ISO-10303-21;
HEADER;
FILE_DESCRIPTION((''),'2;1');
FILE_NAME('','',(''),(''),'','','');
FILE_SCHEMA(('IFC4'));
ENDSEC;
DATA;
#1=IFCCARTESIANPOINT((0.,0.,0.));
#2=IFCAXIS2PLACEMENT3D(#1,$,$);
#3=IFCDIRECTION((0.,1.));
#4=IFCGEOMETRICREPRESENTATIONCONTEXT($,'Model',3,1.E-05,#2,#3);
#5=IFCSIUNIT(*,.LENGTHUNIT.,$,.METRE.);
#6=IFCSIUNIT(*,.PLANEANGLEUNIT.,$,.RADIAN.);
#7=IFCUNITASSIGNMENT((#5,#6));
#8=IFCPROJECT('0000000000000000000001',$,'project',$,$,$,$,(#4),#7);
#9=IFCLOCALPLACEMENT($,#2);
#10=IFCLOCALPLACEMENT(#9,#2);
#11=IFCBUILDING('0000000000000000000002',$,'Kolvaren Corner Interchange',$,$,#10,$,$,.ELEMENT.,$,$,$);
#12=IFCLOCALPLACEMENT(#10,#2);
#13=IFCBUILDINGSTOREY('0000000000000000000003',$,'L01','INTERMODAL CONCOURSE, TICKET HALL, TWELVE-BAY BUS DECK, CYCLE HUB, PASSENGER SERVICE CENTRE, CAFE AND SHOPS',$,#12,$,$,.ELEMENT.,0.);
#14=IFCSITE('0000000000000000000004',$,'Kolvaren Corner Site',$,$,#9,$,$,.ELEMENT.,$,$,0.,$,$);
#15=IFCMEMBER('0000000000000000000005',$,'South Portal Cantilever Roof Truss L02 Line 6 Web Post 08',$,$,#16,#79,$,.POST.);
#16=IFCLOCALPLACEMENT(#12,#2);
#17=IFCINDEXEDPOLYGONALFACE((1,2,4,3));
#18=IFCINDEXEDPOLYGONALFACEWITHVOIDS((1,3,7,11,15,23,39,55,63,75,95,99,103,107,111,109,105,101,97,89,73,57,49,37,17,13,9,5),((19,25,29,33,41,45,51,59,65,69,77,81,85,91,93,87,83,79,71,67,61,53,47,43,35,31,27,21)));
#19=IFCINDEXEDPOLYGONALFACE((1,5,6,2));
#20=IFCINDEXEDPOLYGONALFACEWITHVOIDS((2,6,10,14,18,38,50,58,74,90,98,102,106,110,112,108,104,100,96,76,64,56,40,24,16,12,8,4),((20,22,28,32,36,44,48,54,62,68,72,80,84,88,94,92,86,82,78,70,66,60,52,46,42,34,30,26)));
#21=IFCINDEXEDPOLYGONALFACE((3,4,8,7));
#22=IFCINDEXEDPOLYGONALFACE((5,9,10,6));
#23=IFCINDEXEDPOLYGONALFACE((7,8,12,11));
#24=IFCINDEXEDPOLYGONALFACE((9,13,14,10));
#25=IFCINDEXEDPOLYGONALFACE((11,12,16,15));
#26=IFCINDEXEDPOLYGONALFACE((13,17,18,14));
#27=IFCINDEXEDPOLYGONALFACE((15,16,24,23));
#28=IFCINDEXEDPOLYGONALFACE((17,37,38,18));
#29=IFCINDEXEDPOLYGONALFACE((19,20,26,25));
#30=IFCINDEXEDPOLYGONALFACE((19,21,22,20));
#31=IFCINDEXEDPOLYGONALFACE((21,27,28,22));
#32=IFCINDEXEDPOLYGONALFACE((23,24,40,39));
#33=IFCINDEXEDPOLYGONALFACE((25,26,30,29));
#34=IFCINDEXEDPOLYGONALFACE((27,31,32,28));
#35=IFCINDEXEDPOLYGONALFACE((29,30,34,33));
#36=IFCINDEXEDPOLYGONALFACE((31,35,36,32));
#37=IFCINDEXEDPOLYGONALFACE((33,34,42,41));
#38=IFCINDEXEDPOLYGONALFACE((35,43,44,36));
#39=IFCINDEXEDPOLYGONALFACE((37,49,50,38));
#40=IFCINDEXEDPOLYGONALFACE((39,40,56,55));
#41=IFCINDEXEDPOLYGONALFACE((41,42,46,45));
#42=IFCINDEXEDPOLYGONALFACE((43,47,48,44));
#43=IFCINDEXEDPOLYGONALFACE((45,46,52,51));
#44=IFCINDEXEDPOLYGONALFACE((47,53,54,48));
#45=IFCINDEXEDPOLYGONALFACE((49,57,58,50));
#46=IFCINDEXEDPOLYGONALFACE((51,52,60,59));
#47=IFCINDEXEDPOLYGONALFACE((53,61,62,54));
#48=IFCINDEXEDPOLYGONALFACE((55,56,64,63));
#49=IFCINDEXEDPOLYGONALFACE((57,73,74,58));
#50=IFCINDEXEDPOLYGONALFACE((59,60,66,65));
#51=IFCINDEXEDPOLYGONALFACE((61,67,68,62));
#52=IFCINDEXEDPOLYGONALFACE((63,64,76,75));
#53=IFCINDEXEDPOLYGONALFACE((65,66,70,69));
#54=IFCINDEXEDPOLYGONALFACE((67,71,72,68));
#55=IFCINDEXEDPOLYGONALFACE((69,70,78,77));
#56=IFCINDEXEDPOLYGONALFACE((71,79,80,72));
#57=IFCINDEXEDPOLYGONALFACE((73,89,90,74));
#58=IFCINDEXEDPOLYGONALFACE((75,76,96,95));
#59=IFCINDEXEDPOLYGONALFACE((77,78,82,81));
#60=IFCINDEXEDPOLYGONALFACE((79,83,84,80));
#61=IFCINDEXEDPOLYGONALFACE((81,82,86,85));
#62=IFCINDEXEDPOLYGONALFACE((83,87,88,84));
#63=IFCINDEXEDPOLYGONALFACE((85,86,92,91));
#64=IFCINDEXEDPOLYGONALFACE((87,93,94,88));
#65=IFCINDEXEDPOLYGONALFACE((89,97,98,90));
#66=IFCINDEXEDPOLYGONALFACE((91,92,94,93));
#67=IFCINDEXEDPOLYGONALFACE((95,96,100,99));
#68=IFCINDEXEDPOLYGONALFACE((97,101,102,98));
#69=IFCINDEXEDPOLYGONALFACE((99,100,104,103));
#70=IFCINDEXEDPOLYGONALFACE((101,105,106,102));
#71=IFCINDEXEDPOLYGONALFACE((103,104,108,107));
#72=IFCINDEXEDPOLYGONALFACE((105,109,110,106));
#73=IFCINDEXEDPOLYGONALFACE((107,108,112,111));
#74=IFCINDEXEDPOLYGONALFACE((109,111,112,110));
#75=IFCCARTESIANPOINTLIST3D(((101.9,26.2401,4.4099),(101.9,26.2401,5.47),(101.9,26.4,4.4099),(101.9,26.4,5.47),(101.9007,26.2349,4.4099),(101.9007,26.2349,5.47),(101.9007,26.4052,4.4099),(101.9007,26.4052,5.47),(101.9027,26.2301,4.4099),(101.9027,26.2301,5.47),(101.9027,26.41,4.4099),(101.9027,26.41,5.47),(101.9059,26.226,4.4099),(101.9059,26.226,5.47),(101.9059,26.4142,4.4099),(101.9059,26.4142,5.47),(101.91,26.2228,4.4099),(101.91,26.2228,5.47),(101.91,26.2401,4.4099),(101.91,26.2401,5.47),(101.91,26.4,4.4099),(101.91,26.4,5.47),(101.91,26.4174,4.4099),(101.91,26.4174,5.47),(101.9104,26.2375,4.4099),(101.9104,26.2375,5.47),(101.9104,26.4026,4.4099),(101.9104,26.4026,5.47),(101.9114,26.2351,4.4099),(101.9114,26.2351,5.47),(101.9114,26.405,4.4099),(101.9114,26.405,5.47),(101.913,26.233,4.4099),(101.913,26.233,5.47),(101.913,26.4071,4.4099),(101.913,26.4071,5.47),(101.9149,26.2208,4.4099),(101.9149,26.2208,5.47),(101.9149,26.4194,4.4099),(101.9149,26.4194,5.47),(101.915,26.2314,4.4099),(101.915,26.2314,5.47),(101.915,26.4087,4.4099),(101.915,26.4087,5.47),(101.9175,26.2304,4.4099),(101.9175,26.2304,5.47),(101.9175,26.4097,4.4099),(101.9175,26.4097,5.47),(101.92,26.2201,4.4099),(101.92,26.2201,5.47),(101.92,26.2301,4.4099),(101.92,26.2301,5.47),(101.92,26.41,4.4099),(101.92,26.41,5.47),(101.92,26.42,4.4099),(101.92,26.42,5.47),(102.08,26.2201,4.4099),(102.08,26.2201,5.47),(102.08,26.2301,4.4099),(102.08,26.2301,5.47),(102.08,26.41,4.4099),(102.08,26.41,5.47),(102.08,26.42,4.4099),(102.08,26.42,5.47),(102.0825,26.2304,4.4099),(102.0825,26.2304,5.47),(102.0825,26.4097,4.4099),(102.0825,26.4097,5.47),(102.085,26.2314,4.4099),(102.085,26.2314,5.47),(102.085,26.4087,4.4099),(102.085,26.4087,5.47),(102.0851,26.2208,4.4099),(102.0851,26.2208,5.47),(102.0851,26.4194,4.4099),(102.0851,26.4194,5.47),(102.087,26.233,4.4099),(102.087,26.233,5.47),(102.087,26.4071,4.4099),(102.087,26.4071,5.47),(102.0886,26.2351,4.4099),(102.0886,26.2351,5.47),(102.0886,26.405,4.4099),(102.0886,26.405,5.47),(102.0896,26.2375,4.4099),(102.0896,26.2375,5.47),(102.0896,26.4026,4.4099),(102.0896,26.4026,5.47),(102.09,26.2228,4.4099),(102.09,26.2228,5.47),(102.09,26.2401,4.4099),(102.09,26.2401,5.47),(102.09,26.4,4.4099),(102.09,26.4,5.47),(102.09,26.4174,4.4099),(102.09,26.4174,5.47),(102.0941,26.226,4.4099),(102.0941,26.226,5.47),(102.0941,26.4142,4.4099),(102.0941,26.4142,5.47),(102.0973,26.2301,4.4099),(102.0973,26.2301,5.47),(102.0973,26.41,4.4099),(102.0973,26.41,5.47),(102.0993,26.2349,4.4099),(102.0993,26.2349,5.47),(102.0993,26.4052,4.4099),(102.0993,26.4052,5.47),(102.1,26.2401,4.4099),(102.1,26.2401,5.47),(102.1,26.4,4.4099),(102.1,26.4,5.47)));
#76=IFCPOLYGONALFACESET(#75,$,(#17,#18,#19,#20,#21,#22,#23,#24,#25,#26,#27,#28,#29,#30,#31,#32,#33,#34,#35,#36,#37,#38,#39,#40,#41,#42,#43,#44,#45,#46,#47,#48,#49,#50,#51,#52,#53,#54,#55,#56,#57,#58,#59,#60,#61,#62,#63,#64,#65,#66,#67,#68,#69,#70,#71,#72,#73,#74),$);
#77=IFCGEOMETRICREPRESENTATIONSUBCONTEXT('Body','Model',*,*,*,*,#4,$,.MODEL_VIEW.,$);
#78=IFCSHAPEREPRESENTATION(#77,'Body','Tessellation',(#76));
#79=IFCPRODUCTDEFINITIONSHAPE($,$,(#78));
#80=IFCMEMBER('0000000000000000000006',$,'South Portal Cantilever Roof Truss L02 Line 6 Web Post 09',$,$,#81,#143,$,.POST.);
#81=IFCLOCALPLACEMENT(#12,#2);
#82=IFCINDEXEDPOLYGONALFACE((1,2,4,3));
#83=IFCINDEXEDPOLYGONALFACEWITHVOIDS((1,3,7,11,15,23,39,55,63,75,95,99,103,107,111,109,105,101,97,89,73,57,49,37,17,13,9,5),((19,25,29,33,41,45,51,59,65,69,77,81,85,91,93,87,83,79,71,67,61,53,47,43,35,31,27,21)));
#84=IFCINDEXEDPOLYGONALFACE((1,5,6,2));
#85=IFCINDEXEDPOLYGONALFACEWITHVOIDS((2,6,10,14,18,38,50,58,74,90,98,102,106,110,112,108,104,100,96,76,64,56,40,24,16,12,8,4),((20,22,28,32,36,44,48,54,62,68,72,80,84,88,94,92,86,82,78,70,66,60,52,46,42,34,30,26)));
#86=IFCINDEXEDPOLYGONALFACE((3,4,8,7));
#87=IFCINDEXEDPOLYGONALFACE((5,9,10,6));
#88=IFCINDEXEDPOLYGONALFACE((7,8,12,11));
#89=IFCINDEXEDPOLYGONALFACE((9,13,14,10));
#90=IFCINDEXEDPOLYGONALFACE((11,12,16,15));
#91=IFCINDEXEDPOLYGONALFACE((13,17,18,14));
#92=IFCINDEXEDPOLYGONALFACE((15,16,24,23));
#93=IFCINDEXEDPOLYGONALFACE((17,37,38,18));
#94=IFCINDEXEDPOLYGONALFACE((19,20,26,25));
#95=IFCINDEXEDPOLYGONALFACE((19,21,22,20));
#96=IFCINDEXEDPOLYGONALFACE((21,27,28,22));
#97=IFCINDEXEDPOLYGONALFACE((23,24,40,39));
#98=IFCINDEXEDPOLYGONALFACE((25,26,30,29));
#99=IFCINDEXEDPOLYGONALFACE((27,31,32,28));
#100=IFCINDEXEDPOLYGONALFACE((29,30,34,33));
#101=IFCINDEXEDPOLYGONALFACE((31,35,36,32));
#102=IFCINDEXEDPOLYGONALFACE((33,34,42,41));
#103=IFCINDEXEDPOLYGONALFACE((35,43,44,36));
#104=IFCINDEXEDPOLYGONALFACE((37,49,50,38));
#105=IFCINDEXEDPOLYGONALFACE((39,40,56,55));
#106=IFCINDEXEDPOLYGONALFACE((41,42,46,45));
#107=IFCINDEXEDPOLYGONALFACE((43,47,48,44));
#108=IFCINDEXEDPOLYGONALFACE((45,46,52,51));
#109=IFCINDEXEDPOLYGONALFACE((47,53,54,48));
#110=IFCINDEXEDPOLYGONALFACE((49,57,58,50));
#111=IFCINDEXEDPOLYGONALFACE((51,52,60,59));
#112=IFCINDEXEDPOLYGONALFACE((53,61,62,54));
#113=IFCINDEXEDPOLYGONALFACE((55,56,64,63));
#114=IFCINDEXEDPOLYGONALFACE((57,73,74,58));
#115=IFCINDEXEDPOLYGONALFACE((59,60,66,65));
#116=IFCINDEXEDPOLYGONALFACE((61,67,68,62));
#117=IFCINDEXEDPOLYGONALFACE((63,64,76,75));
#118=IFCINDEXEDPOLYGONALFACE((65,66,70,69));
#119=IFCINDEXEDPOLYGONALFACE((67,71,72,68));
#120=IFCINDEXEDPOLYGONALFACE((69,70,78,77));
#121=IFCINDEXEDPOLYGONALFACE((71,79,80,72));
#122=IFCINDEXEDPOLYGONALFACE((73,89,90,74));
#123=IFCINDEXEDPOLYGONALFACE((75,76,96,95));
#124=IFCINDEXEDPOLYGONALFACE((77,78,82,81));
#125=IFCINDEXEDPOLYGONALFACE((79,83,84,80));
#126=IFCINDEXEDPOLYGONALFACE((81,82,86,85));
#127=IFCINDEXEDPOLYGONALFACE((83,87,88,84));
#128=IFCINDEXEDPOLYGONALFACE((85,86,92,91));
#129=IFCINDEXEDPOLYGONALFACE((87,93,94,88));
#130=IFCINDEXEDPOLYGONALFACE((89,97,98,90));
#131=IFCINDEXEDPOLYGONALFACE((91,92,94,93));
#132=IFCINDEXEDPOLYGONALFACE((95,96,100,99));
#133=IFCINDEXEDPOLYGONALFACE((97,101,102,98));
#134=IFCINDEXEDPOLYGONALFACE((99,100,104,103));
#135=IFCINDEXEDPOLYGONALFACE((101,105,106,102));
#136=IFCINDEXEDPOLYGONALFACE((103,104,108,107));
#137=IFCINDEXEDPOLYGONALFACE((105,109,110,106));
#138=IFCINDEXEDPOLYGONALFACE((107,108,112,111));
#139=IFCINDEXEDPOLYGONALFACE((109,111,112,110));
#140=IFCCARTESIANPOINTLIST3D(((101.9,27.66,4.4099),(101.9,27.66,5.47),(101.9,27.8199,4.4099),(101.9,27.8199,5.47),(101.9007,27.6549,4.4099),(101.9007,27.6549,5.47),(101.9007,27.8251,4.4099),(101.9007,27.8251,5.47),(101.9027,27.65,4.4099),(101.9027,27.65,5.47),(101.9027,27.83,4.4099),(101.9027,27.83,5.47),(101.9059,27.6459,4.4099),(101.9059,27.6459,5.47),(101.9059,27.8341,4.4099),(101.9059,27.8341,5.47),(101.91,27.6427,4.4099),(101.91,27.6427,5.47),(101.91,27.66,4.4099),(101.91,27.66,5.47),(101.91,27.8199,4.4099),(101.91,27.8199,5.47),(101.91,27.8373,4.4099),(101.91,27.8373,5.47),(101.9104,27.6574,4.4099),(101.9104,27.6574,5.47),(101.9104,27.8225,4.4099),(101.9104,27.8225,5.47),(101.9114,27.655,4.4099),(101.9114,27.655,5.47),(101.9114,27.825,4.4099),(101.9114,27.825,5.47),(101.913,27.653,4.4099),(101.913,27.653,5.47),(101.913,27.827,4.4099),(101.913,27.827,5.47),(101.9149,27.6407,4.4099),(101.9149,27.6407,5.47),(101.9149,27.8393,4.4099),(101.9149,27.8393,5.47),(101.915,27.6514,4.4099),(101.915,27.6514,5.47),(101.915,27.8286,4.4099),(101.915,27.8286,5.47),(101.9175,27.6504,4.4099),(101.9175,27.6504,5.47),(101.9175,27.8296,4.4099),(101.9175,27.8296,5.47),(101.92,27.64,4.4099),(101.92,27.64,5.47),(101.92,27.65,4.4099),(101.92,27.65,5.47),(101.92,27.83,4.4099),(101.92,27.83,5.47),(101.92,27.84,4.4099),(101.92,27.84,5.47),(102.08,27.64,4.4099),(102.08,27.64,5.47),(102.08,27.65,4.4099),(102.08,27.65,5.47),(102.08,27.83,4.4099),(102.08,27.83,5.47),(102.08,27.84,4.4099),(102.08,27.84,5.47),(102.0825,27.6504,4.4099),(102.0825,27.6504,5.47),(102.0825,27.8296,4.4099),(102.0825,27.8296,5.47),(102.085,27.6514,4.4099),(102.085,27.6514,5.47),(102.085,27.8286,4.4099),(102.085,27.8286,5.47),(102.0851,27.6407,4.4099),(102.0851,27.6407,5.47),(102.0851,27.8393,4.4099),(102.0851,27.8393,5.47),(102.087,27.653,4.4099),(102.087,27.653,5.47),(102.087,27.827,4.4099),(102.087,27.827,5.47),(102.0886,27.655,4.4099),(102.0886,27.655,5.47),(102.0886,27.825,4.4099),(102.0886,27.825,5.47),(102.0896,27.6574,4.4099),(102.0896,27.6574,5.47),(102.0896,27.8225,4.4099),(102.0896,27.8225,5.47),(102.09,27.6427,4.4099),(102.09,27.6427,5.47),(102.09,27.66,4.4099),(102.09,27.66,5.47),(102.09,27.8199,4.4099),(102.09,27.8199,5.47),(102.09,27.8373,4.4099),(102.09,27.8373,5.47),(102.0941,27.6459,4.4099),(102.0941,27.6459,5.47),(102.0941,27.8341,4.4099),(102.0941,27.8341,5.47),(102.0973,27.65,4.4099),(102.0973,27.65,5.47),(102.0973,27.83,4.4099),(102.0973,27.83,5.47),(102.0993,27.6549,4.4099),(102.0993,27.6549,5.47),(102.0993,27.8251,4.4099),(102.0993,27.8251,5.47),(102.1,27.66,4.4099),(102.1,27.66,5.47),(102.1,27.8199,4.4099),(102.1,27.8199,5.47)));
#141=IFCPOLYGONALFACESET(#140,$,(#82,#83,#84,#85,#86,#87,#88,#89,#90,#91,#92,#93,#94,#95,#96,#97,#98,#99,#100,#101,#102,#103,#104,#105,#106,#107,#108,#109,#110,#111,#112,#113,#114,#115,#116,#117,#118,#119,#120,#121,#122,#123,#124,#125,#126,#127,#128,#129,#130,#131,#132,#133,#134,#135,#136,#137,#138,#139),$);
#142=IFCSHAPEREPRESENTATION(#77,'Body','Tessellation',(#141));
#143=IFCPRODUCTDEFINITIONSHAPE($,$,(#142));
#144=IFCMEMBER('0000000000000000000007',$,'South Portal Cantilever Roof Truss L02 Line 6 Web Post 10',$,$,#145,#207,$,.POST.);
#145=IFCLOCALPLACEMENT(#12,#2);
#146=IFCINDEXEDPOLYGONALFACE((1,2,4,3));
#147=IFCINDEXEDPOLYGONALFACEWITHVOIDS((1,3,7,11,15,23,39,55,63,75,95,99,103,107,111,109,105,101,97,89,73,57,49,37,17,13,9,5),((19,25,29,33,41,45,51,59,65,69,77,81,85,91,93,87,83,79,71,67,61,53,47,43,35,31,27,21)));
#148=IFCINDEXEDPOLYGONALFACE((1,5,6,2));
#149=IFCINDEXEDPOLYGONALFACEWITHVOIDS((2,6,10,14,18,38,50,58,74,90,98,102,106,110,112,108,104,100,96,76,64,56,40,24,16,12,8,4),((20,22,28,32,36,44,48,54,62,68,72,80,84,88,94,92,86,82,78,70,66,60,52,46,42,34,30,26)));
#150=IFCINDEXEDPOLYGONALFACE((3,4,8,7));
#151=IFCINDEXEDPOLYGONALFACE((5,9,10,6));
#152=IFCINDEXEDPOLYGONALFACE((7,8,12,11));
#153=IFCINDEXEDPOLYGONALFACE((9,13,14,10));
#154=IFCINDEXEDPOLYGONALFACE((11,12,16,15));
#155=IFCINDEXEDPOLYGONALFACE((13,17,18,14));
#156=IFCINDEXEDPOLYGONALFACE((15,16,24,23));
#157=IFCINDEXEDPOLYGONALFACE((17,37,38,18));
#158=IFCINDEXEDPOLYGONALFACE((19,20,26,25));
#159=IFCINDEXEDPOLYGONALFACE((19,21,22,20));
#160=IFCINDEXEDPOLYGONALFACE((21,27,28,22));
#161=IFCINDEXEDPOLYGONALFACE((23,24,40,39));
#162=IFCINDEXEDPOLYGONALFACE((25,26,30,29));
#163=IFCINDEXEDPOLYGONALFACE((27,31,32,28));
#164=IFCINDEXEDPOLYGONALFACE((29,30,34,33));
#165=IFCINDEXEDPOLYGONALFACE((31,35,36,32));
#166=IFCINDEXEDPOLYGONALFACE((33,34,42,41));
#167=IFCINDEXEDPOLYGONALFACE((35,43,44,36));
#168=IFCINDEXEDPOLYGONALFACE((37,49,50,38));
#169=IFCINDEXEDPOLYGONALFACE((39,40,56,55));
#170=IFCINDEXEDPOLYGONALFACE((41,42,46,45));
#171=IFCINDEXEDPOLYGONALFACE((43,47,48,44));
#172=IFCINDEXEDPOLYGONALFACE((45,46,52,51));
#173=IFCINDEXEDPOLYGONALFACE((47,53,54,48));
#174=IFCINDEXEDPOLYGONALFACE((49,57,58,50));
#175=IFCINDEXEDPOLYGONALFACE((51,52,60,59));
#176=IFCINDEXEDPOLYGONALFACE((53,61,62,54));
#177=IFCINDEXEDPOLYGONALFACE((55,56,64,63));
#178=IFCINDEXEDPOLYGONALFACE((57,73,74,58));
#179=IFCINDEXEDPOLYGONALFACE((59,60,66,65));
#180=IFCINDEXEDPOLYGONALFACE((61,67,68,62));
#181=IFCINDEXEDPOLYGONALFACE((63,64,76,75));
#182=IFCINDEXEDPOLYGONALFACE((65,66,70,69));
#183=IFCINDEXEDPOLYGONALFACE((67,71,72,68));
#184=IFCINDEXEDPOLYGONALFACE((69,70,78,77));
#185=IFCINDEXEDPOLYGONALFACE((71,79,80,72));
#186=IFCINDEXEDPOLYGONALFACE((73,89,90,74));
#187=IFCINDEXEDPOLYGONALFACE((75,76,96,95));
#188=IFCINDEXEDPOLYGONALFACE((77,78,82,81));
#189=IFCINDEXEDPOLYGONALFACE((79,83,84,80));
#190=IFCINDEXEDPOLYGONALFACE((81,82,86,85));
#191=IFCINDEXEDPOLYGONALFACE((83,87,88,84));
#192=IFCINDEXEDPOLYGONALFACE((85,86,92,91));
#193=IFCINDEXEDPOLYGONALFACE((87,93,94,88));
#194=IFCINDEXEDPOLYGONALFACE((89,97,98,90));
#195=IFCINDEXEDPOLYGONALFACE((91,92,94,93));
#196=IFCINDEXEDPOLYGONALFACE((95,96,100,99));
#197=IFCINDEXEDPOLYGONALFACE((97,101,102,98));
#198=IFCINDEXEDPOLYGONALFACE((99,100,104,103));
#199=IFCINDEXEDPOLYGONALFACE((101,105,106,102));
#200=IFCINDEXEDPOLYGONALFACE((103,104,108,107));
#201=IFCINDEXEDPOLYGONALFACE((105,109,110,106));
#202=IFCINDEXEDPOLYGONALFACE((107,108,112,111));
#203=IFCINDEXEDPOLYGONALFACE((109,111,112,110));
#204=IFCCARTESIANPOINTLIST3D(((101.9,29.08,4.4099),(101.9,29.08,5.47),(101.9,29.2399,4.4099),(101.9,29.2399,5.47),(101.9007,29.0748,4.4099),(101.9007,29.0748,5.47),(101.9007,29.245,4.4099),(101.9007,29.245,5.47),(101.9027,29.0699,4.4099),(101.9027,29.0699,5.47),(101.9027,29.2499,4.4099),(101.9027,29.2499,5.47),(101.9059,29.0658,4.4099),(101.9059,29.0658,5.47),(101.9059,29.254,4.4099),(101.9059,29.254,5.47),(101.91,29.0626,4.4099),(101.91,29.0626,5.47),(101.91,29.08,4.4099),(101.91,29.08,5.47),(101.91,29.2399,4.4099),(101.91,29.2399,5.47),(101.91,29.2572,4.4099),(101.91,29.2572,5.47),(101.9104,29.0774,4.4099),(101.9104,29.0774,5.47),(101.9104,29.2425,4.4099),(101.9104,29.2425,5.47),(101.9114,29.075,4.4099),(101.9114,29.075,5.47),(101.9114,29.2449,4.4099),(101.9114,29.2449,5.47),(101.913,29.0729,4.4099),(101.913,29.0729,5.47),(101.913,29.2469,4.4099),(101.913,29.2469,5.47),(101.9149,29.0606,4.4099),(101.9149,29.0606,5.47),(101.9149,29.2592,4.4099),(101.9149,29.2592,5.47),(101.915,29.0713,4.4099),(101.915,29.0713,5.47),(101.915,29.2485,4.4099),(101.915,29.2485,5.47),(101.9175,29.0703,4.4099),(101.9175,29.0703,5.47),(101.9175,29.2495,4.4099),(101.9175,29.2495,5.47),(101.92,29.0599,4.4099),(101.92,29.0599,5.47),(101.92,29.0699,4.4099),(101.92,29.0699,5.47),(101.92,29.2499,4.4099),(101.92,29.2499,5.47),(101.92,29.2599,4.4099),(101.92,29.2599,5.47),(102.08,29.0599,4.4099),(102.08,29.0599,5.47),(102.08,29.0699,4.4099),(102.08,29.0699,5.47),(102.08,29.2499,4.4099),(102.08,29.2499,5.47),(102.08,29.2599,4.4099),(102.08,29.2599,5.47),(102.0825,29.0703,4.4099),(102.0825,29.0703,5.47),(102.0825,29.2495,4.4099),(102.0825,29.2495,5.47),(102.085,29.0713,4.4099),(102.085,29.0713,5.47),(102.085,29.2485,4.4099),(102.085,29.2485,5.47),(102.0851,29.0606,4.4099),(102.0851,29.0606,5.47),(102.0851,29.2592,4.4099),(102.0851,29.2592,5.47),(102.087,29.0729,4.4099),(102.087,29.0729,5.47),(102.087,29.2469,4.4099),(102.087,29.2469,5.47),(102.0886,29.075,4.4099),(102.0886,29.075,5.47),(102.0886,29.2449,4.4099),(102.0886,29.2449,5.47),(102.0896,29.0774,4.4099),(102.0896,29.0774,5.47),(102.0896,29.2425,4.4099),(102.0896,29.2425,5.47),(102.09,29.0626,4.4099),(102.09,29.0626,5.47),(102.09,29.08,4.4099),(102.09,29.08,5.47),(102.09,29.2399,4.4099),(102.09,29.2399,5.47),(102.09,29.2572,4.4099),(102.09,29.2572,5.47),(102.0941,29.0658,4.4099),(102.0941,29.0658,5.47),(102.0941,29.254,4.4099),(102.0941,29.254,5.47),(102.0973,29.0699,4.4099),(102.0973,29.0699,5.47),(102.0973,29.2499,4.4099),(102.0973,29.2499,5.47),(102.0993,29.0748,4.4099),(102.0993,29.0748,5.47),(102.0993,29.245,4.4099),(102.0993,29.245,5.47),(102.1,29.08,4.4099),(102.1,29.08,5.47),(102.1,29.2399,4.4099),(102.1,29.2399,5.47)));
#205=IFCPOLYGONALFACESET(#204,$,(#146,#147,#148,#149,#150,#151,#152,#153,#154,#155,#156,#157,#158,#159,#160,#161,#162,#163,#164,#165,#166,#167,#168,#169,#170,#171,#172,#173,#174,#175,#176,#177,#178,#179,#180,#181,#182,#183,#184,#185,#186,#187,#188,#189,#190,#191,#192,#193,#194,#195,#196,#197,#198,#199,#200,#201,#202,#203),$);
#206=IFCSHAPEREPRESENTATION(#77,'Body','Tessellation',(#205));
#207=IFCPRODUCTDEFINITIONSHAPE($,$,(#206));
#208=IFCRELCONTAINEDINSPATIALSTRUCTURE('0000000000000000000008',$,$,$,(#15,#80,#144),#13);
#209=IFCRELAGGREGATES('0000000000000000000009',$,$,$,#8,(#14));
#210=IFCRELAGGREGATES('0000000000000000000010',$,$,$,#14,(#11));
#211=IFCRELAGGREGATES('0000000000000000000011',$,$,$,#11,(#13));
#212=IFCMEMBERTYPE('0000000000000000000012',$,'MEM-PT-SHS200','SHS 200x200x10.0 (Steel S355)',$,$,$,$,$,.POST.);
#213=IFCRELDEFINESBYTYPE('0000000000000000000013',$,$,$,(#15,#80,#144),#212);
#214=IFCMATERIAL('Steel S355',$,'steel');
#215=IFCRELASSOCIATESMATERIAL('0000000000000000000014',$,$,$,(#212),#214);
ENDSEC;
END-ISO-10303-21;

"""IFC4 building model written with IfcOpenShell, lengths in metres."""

from ifc_helpers import new_model, si_unit, direction, frame, origin, origin_2d, place, context, subcontext, project, spatial, hollow_rectangle, extrude, material, material_profile, profile_set, type_object, element, save


model = new_model("IFC4")

# Units and contexts
model_context = context("Model", 3, precision=1e-05, world=origin(), true_north=direction((0.0, 1.0)))
body_context = subcontext(model_context, "Body", "Model", "MODEL_VIEW")
ifc_project = project(units=[si_unit("LENGTHUNIT", "METRE"), si_unit("PLANEANGLEUNIT", "RADIAN")], contexts=[model_context])

# Site, building, storey
site_placement = place(None, origin())
site = spatial("IfcSite", under=ifc_project, at=site_placement, Name="Kolvaren Corner Site", CompositionType="ELEMENT", RefElevation=0.0)
building_placement = place(site_placement, origin())
building = spatial("IfcBuilding", under=site, at=building_placement, Name="Kolvaren Corner Interchange", CompositionType="ELEMENT")
storey_placement = place(building_placement, origin())
storey = spatial("IfcBuildingStorey", under=building, at=storey_placement, Name="L01", Description="INTERMODAL CONCOURSE, TICKET HALL, TWELVE-BAY BUS DECK, CYCLE HUB, PASSENGER SERVICE CENTRE, CAFE AND SHOPS", CompositionType="ELEMENT", Elevation=0.0)

# Members
ifc_material_1 = material(Name="Steel S355", Category="steel")
ifc_material_profile_1 = material_profile(ifc_material_1, hollow_rectangle(XDim=0.2, YDim=0.2, WallThickness=0.01, InnerFilletRadius=0.01, OuterFilletRadius=0.02, at=origin_2d()), Name="SHS 200x200x10.0")
ifc_profile_set_1 = profile_set([ifc_material_profile_1], Name="Steel S355")
member_type_1 = type_object("IfcMemberType", Name="MEM-PT-SHS200", Description="SHS 200x200x10.0 (Steel S355)", PredefinedType="POST", material=ifc_profile_set_1)
for number, where, z_axis, x_axis, name in (
    (1, (102.0, 26.3201, 4.4099), (0.0, 0.0, 1.0), (1.0, 0.0, 0.0), "South Portal Cantilever Roof Truss L02 Line 6 Web Post 08"),
    (2, (102.0, 27.74, 4.4099), (0.0, 0.0, 1.0), (1.0, 0.0, 0.0), "South Portal Cantilever Roof Truss L02 Line 6 Web Post 09"),
    (3, (102.0, 29.1599, 4.4099), (0.0, 0.0, 1.0), (1.0, 0.0, 0.0), "South Portal Cantilever Roof Truss L02 Line 6 Web Post 10"),
):
    element("IfcMember", number, at=place(storey_placement, frame(where, z_axis=z_axis, x_axis=x_axis)), inside=storey, type_object=member_type_1, Name=name, PredefinedType="POST", context=body_context, shape_type="SweptSolid", body=[
        extrude(hollow_rectangle(XDim=0.2, YDim=0.2, WallThickness=0.01, InnerFilletRadius=0.01, OuterFilletRadius=0.02, at=origin_2d()), origin(), (0.0, 0.0, 1.0), 1.0601),
    ])

save(model, "model.ifc")
